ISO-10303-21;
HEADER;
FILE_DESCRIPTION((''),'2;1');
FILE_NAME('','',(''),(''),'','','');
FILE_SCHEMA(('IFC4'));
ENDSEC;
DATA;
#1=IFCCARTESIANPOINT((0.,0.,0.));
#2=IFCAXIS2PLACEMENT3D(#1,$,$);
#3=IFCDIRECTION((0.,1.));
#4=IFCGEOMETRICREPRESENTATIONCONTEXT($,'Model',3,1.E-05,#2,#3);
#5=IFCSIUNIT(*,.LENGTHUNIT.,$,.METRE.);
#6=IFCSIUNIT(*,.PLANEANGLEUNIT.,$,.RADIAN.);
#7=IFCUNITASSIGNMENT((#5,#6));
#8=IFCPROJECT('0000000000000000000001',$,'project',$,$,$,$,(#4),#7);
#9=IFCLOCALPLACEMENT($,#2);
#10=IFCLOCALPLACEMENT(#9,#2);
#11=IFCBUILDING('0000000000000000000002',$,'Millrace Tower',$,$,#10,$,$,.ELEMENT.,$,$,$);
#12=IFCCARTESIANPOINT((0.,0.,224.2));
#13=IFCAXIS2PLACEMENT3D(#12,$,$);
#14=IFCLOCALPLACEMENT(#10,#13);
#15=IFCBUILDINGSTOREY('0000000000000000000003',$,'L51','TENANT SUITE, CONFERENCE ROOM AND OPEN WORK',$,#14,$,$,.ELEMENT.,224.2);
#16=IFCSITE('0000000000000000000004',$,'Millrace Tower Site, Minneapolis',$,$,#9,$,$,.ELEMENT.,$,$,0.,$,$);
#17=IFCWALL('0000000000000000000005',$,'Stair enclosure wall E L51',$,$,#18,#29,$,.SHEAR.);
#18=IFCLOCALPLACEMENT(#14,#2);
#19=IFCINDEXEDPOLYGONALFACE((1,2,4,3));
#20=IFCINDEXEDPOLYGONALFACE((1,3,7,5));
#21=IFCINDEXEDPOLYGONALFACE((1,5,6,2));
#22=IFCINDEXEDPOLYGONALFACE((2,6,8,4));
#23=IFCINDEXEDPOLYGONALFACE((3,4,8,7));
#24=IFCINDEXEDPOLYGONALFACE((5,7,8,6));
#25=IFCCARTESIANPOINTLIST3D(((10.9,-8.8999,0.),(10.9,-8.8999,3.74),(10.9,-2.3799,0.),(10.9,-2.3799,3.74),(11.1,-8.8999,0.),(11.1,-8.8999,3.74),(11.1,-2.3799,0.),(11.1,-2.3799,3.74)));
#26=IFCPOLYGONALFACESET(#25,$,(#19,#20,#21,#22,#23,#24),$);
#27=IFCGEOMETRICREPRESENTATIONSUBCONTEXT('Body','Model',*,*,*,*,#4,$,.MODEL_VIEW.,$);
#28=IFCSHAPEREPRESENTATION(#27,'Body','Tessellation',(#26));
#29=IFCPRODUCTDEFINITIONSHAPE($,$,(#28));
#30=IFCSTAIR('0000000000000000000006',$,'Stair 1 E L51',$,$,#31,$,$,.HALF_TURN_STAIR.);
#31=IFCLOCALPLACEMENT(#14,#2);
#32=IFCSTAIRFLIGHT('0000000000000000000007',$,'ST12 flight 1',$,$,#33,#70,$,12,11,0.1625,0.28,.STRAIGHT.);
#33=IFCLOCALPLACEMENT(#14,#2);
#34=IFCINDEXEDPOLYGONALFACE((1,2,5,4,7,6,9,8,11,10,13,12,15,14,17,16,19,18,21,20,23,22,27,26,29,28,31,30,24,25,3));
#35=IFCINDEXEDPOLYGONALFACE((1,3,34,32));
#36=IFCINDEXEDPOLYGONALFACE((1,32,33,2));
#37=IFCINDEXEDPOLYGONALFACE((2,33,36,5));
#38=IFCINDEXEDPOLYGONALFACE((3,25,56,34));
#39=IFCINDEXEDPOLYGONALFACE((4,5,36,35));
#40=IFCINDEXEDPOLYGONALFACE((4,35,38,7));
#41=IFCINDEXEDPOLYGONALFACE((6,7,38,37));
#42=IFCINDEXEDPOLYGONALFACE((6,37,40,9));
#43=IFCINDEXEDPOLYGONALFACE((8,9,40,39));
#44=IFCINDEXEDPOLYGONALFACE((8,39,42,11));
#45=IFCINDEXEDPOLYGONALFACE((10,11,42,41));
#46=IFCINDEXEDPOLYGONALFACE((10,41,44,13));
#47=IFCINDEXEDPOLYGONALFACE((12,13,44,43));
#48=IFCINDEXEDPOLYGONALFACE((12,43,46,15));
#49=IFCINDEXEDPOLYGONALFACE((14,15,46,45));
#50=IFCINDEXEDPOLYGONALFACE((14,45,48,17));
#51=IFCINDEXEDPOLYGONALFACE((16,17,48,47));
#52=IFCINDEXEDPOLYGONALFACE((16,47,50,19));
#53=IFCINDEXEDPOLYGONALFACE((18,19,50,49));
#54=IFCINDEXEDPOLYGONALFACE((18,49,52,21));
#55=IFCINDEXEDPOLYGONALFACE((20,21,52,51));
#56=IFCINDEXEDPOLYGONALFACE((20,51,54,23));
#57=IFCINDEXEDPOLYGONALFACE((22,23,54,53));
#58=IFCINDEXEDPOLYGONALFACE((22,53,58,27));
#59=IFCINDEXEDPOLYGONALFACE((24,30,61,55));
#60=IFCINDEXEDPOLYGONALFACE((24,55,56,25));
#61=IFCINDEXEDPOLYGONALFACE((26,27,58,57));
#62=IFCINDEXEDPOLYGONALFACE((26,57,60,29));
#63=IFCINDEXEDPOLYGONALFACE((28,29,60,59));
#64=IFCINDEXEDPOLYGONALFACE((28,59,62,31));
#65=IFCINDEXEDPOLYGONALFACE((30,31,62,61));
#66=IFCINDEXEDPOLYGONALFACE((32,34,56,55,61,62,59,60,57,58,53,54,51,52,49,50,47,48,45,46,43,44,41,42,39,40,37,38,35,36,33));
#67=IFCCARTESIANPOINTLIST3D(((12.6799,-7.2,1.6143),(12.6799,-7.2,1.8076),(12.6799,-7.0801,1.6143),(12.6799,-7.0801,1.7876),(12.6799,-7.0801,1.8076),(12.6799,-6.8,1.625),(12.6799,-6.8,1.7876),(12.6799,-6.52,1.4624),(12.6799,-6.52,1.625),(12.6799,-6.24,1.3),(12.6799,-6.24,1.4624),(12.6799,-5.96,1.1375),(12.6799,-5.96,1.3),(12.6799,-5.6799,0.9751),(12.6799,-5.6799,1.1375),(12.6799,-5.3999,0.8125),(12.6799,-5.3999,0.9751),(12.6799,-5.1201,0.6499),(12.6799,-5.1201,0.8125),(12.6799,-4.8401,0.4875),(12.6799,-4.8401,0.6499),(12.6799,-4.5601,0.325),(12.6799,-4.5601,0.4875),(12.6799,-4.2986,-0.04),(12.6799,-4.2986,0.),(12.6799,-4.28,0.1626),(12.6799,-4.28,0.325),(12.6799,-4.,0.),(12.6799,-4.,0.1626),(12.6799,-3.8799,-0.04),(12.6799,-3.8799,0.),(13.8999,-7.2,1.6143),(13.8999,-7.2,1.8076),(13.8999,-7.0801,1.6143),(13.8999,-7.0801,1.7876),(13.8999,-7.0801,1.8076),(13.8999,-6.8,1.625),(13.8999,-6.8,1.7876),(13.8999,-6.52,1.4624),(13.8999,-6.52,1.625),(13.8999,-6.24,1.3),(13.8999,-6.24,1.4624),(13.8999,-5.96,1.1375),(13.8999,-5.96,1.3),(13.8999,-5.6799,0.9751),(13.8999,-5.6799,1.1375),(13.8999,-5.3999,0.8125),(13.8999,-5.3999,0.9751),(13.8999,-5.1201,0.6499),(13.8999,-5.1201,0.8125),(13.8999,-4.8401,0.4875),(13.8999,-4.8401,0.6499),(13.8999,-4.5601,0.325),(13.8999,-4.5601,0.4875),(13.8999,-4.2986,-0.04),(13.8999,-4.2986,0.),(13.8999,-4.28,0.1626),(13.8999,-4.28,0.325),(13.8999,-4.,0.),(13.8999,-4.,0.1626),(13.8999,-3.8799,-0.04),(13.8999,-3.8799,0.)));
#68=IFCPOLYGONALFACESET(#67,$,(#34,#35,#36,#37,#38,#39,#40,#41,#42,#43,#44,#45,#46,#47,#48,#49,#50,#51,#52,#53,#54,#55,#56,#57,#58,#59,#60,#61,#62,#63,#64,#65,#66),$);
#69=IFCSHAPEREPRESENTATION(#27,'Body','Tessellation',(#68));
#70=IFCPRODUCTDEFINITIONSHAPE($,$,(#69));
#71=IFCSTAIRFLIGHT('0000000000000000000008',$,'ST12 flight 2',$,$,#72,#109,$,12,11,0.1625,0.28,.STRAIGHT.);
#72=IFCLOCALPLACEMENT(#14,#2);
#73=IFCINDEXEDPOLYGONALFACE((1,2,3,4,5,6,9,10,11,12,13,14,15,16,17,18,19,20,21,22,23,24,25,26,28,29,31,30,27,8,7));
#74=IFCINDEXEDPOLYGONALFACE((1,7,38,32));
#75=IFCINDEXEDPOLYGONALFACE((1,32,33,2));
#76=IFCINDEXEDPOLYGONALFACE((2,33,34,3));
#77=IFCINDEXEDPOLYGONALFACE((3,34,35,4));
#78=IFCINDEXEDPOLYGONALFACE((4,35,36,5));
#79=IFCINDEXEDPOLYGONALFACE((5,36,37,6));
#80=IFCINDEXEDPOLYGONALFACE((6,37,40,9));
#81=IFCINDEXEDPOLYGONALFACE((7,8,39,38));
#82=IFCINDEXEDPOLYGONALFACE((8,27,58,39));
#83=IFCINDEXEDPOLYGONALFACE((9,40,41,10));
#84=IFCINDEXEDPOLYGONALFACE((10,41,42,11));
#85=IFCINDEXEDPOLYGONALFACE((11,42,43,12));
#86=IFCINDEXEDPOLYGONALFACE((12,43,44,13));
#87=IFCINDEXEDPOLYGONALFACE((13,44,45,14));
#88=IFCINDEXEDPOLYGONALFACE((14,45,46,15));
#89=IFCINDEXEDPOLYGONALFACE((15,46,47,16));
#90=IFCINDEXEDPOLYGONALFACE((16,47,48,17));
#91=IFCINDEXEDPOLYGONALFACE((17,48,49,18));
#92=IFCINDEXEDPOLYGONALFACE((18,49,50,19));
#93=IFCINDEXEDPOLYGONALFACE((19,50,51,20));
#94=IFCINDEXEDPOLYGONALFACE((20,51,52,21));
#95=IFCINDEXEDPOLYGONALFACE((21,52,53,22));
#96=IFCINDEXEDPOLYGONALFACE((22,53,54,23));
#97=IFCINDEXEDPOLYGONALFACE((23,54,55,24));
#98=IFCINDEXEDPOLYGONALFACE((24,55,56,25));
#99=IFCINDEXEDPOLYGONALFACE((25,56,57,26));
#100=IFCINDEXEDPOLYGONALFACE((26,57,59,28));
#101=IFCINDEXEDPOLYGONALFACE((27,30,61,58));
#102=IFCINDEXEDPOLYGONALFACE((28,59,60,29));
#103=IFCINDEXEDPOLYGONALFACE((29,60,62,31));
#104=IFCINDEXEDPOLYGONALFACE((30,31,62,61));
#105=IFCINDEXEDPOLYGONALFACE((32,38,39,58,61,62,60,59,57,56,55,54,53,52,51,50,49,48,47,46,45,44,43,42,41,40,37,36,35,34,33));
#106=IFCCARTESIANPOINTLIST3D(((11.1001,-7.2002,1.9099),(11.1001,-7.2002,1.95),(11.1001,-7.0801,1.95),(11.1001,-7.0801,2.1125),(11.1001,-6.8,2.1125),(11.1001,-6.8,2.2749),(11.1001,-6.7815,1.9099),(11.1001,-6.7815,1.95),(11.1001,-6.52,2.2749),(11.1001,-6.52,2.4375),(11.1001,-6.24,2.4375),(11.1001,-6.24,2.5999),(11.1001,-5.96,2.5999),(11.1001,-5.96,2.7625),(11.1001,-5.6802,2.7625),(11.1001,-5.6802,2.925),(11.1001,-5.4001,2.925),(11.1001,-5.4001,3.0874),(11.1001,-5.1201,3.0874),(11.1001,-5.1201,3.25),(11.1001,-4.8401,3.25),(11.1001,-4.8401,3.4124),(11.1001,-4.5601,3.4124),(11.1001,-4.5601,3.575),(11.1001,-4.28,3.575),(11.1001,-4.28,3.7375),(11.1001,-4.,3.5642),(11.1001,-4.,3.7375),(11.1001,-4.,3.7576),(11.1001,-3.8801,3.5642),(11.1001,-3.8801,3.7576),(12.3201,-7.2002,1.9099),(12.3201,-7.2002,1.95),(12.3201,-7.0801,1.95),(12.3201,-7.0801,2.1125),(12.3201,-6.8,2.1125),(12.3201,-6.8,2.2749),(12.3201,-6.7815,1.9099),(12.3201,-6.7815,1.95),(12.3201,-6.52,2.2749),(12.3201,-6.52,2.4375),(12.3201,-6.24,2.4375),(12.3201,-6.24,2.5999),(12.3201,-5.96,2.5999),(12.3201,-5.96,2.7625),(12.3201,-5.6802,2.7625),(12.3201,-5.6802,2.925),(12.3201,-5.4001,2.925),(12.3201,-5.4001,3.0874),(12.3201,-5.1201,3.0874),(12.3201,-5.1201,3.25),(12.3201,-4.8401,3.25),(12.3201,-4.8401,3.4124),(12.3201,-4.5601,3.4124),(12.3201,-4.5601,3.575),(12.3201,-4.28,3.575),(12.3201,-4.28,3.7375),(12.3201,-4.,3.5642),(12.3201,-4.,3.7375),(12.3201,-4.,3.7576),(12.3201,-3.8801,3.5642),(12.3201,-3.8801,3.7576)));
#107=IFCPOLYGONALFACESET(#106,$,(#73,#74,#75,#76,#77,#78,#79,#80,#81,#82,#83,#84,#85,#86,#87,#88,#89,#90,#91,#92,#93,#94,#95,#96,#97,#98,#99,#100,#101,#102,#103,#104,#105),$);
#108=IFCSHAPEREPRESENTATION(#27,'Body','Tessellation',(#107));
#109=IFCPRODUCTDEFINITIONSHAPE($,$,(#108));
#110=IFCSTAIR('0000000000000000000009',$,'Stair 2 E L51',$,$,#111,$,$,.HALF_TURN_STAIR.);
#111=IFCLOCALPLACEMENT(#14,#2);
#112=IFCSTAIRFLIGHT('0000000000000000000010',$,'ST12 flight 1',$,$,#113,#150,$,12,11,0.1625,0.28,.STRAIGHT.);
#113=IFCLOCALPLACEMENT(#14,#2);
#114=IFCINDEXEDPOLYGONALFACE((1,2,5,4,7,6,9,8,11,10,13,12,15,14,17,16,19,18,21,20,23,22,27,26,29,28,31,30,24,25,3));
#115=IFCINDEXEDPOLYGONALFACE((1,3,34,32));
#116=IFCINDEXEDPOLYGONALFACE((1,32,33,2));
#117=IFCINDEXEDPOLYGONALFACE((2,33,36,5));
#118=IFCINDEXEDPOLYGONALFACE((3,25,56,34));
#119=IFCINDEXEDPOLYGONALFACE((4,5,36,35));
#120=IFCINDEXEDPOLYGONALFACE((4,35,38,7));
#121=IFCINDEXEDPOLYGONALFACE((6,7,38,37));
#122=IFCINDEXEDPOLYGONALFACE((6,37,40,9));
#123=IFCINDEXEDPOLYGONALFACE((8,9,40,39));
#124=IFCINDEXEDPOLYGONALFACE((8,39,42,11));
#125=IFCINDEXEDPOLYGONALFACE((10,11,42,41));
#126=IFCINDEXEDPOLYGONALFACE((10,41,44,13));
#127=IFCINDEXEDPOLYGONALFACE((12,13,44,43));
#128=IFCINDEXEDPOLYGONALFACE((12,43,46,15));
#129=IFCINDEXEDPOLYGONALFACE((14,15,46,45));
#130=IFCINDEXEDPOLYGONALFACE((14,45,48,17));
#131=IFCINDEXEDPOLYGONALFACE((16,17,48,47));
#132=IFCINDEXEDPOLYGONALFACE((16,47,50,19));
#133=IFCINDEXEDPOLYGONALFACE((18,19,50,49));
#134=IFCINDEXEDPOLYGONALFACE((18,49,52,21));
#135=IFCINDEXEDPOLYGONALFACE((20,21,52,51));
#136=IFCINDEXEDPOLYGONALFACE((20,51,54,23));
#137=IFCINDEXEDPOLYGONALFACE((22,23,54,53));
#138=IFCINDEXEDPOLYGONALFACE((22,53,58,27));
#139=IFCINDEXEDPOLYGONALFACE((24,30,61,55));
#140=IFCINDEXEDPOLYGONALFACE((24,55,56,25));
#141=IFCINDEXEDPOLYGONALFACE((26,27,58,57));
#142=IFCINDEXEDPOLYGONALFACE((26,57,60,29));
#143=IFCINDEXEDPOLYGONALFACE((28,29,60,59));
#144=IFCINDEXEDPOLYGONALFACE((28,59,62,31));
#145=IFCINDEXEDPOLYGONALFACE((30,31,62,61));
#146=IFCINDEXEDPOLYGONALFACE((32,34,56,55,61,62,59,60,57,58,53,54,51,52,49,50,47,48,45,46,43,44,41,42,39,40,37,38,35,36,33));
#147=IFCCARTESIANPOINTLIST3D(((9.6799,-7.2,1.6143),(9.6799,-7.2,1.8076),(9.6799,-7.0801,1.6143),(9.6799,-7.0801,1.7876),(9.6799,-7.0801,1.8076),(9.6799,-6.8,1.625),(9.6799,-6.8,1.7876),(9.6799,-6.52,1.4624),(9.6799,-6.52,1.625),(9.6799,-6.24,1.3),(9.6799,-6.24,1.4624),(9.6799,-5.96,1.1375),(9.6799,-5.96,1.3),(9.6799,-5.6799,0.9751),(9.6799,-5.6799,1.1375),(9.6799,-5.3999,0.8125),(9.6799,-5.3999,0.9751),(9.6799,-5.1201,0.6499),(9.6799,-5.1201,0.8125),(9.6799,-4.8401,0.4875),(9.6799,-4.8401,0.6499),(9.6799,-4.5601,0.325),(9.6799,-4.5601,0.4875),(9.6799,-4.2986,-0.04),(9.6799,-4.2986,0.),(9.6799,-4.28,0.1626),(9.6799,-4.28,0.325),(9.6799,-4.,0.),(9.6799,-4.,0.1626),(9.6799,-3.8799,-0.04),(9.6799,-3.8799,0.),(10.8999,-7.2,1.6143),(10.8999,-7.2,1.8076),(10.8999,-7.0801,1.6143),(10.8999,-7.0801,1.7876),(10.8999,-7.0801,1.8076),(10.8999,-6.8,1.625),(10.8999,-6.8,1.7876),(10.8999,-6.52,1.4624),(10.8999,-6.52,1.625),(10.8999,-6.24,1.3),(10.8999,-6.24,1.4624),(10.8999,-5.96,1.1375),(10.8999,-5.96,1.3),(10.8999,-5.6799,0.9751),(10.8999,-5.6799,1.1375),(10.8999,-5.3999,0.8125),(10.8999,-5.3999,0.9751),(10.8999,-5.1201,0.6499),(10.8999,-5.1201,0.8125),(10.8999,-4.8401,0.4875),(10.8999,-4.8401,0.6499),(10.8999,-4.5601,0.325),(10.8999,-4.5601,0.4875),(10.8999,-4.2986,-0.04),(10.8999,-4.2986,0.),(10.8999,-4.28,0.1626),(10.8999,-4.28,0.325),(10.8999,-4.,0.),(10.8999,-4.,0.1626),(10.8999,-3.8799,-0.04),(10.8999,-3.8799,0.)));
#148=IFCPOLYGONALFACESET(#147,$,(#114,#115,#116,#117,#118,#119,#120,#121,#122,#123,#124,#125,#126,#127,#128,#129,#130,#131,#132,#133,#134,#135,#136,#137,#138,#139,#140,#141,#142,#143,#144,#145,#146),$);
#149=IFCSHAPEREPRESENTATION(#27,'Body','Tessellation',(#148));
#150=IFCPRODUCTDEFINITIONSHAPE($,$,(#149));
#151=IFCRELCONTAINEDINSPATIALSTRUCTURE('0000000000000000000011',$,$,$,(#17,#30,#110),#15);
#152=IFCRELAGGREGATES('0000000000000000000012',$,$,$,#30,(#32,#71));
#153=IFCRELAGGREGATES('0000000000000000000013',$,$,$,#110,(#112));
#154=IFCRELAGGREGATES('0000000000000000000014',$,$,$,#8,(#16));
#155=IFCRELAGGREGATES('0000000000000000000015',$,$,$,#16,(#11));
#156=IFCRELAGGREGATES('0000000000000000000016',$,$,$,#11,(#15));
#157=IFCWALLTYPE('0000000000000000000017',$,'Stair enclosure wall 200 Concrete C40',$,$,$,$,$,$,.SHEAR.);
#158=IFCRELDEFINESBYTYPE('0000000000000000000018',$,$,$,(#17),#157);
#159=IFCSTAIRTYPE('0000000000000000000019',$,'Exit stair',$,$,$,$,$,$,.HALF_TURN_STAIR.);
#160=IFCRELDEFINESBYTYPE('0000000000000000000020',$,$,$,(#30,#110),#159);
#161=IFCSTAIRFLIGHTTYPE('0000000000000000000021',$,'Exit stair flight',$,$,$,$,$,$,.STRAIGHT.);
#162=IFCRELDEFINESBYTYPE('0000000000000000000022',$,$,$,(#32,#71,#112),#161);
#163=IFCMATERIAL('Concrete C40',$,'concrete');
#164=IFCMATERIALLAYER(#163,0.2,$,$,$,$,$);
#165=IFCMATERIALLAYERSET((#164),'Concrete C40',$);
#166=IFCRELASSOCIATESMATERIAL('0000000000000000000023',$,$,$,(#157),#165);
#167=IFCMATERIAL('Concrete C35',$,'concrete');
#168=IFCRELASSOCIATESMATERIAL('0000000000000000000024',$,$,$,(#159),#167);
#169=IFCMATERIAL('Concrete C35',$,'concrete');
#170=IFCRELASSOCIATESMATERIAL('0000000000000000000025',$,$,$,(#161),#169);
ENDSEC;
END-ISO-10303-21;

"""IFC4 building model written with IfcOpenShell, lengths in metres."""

from ifc_helpers import new_model, si_unit, direction, frame, frame_2d, origin, place, context, subcontext, project, spatial, polyline, rectangle, outline, extrude, material, layer, layer_set, type_object, element, aggregate, save


model = new_model("IFC4")

# Units and contexts
model_context = context("Model", 3, precision=1e-05, world=origin(), true_north=direction((0.0, 1.0)))
body_context = subcontext(model_context, "Body", "Model", "MODEL_VIEW")
ifc_project = project(units=[si_unit("LENGTHUNIT", "METRE"), si_unit("PLANEANGLEUNIT", "RADIAN")], contexts=[model_context])

# Site, building, storey
site_placement = place(None, origin())
site = spatial("IfcSite", under=ifc_project, at=site_placement, Name="Millrace Tower Site, Minneapolis", CompositionType="ELEMENT", RefElevation=0.0)
building_placement = place(site_placement, origin())
building = spatial("IfcBuilding", under=site, at=building_placement, Name="Millrace Tower", CompositionType="ELEMENT")
storey_placement = place(building_placement, frame((0.0, 0.0, 224.2)))
storey = spatial("IfcBuildingStorey", under=building, at=storey_placement, Name="L51", Description="TENANT SUITE, CONFERENCE ROOM AND OPEN WORK", CompositionType="ELEMENT", Elevation=224.2)

# Shared definitions
placement = place(storey_placement, origin())

# Shared definitions
ifc_material_1 = material(Name="Concrete C40", Category="concrete")
ifc_layer_1 = layer(ifc_material_1, 0.2)
ifc_layer_set_1 = layer_set([ifc_layer_1], Name="Concrete C40")
wall_type_1 = type_object("IfcWallType", Name="Stair enclosure wall 200 Concrete C40", PredefinedType="SHEAR", material=ifc_layer_set_1)

# Wall
wall_1_placement = place(storey_placement, frame((11.0, -2.3799, 0.0), z_axis=(0.0, 0.0, 1.0), x_axis=(0.0, -1.0, 0.0)))
element("IfcWall", 1, at=wall_1_placement, inside=storey, type_object=wall_type_1, Name="Stair enclosure wall E L51", PredefinedType="SHEAR", context=body_context, shape_type="SweptSolid", body=[
    extrude(rectangle(XDim=6.52, YDim=0.2, at=frame_2d((3.26, 0.0))), origin(), (0.0, 0.0, 1.0), 3.74),
])

# Stair, stair flights
ifc_material_2 = material(Name="Concrete C35", Category="concrete")
stair_type = type_object("IfcStairType", Name="Exit stair", PredefinedType="HALF_TURN_STAIR", material=ifc_material_2)
stair_1 = element("IfcStair", 2, at=placement, inside=storey, type_object=stair_type, Name="Stair 1 E L51", PredefinedType="HALF_TURN_STAIR")
ifc_material_3 = material(Name="Concrete C35", Category="concrete")
stair_flight_type = type_object("IfcStairFlightType", Name="Exit stair flight", PredefinedType="STRAIGHT", material=ifc_material_3)
stair_flight_1_placement = place(storey_placement, frame((13.29, -4.0, 0.0), z_axis=(0.0, 0.0, 1.0), x_axis=(0.0, -1.0, 0.0)))
stair_flight_1 = element("IfcStairFlight", 3, at=stair_flight_1_placement, type_object=stair_flight_type, Name="ST12 flight 1", NumberOfRisers=12, NumberOfTreads=11, PredefinedType="STRAIGHT", RiserHeight=0.1625, TreadLength=0.28, context=body_context, shape_type="SweptSolid", body=[
    extrude(outline(polyline([(-0.1201, -0.04), (-0.1201, 0.0), (0.0, 0.0), (0.0, 0.1626), (0.28, 0.1626), (0.28, 0.325), (0.5601, 0.325), (0.5601, 0.4875), (0.8401, 0.4875), (0.8401, 0.6499), (1.1201, 0.6499), (1.1201, 0.8125), (1.3999, 0.8125), (1.3999, 0.9751), (1.6799, 0.9751), (1.6799, 1.1375), (1.96, 1.1375), (1.96, 1.3), (2.24, 1.3), (2.24, 1.4624), (2.52, 1.4624), (2.52, 1.625), (2.8, 1.625), (2.8, 1.7876), (3.0801, 1.7876), (3.0801, 1.8076), (3.2, 1.8076), (3.2, 1.6143), (3.0801, 1.6143), (0.2986, 0.0), (0.2986, -0.04), (-0.1201, -0.04)])), frame((0.0, 0.6099, 0.0), z_axis=(0.0, -1.0, 0.0), x_axis=(1.0, 0.0, 0.0)), (0.0, 0.0, 1.0), 1.22),
])
stair_flight_2_placement = place(storey_placement, frame((11.71, -7.0801, 1.95), z_axis=(0.0, 0.0, 1.0), x_axis=(0.0, 1.0, 0.0)))
stair_flight_2 = element("IfcStairFlight", 4, at=stair_flight_2_placement, type_object=stair_flight_type, Name="ST12 flight 2", NumberOfRisers=12, NumberOfTreads=11, PredefinedType="STRAIGHT", RiserHeight=0.1625, TreadLength=0.28, context=body_context, shape_type="SweptSolid", body=[
    extrude(outline(polyline([(-0.1201, -0.04), (-0.1201, 0.0), (0.0, 0.0), (0.0, 0.1626), (0.28, 0.1626), (0.28, 0.325), (0.5601, 0.325), (0.5601, 0.4875), (0.8401, 0.4875), (0.8401, 0.6499), (1.1201, 0.6499), (1.1201, 0.8125), (1.3999, 0.8125), (1.3999, 0.9751), (1.6799, 0.9751), (1.6799, 1.1375), (1.96, 1.1375), (1.96, 1.3), (2.24, 1.3), (2.24, 1.4624), (2.52, 1.4624), (2.52, 1.625), (2.8, 1.625), (2.8, 1.7876), (3.0801, 1.7876), (3.0801, 1.8076), (3.2, 1.8076), (3.2, 1.6143), (3.0801, 1.6143), (0.2986, 0.0), (0.2986, -0.04), (-0.1201, -0.04)])), frame((0.0, 0.6099, 0.0), z_axis=(0.0, -1.0, 0.0), x_axis=(1.0, 0.0, 0.0)), (0.0, 0.0, 1.0), 1.22),
])
aggregate(stair_1, [stair_flight_1, stair_flight_2])

# Stair, stair flight
stair_2 = element("IfcStair", 5, at=placement, inside=storey, type_object=stair_type, Name="Stair 2 E L51", PredefinedType="HALF_TURN_STAIR")
stair_flight_3_placement = place(storey_placement, frame((10.29, -4.0, 0.0), z_axis=(0.0, 0.0, 1.0), x_axis=(0.0, -1.0, 0.0)))
stair_flight_3 = element("IfcStairFlight", 6, at=stair_flight_3_placement, type_object=stair_flight_type, Name="ST12 flight 1", NumberOfRisers=12, NumberOfTreads=11, PredefinedType="STRAIGHT", RiserHeight=0.1625, TreadLength=0.28, context=body_context, shape_type="SweptSolid", body=[
    extrude(outline(polyline([(-0.1201, -0.04), (-0.1201, 0.0), (0.0, 0.0), (0.0, 0.1626), (0.28, 0.1626), (0.28, 0.325), (0.5601, 0.325), (0.5601, 0.4875), (0.8401, 0.4875), (0.8401, 0.6499), (1.1201, 0.6499), (1.1201, 0.8125), (1.3999, 0.8125), (1.3999, 0.9751), (1.6799, 0.9751), (1.6799, 1.1375), (1.96, 1.1375), (1.96, 1.3), (2.24, 1.3), (2.24, 1.4624), (2.52, 1.4624), (2.52, 1.625), (2.8, 1.625), (2.8, 1.7876), (3.0801, 1.7876), (3.0801, 1.8076), (3.2, 1.8076), (3.2, 1.6143), (3.0801, 1.6143), (0.2986, 0.0), (0.2986, -0.04), (-0.1201, -0.04)])), frame((0.0, 0.6099, 0.0), z_axis=(0.0, -1.0, 0.0), x_axis=(1.0, 0.0, 0.0)), (0.0, 0.0, 1.0), 1.22),
])
aggregate(stair_2, [stair_flight_3])

save(model, "model.ifc")
